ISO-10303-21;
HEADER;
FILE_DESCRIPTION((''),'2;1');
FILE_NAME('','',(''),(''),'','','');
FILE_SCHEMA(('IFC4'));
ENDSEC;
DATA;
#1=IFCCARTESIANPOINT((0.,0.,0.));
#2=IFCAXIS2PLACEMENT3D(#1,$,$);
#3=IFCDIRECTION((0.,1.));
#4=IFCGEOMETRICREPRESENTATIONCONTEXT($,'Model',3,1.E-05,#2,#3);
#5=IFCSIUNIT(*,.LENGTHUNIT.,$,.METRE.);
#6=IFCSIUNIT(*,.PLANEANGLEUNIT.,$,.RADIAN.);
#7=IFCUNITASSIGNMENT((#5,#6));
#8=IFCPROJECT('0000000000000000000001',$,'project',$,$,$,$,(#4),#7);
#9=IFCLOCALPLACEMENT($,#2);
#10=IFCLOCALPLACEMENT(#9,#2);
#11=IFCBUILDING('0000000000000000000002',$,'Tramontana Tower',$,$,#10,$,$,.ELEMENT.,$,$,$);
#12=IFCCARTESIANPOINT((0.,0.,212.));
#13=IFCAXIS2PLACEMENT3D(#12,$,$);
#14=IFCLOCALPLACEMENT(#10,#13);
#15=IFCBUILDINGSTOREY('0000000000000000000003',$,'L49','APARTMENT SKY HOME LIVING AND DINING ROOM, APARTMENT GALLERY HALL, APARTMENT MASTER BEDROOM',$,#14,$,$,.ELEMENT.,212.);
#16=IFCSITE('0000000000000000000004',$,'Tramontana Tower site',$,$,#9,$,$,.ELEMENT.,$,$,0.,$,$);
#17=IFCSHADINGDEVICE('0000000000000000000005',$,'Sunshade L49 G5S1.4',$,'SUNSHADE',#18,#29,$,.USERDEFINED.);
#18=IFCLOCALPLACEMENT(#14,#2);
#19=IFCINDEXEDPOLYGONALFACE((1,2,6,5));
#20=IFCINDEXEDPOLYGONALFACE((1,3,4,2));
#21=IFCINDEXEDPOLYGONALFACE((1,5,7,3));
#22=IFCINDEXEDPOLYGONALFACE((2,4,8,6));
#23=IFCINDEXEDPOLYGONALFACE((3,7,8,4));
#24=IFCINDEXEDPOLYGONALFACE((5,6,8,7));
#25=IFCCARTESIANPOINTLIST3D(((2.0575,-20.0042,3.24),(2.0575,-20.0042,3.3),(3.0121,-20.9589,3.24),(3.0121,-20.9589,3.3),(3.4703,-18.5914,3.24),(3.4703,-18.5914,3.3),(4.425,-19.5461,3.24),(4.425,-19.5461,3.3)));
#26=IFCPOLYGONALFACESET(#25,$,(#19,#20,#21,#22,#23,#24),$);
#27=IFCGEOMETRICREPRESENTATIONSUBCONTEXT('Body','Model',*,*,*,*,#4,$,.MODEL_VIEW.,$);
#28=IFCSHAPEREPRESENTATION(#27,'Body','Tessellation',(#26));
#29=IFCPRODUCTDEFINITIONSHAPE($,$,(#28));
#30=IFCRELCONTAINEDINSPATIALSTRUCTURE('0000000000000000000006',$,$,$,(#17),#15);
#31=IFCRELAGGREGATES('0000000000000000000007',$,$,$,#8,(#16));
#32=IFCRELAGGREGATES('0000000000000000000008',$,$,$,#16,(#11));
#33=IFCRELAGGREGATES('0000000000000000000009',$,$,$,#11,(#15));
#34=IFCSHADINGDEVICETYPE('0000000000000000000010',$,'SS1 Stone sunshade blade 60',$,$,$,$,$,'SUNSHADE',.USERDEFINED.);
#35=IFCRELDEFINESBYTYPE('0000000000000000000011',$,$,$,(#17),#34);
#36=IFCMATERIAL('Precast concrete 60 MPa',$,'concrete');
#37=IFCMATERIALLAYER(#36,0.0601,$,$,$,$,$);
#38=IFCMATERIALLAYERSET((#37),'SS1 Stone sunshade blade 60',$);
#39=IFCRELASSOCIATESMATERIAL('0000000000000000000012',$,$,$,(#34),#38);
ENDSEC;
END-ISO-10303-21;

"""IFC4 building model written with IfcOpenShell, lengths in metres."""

from ifc_helpers import new_model, si_unit, direction, frame, origin, origin_2d, place, context, subcontext, project, spatial, rectangle, extrude, material, layer, layer_set, type_object, element, save


model = new_model("IFC4")

# Units and contexts
model_context = context("Model", 3, precision=1e-05, world=origin(), true_north=direction((0.0, 1.0)))
body_context = subcontext(model_context, "Body", "Model", "MODEL_VIEW")
ifc_project = project(units=[si_unit("LENGTHUNIT", "METRE"), si_unit("PLANEANGLEUNIT", "RADIAN")], contexts=[model_context])

# Site, building, storey
site_placement = place(None, origin())
site = spatial("IfcSite", under=ifc_project, at=site_placement, Name="Tramontana Tower site", CompositionType="ELEMENT", RefElevation=0.0)
building_placement = place(site_placement, origin())
building = spatial("IfcBuilding", under=site, at=building_placement, Name="Tramontana Tower", CompositionType="ELEMENT")
storey_placement = place(building_placement, frame((0.0, 0.0, 212.0)))
storey = spatial("IfcBuildingStorey", under=building, at=storey_placement, Name="L49", Description="APARTMENT SKY HOME LIVING AND DINING ROOM, APARTMENT GALLERY HALL, APARTMENT MASTER BEDROOM", CompositionType="ELEMENT", Elevation=212.0)

# Shading device
ifc_material_1 = material(Name="Precast concrete 60 MPa", Category="concrete")
ifc_layer_1 = layer(ifc_material_1, 0.0601)
ifc_layer_set_1 = layer_set([ifc_layer_1], Name="SS1 Stone sunshade blade 60")
shading_device_type = type_object("IfcShadingDeviceType", Name="SS1 Stone sunshade blade 60", ElementType="SUNSHADE", PredefinedType="USERDEFINED", material=ifc_layer_set_1)
shading_device_placement = place(storey_placement, frame((3.2412, -19.7751, 3.24), z_axis=(0.0, 0.0, 1.0), x_axis=(0.707107, 0.707107, 0.0)))
element("IfcShadingDevice", 1, at=shading_device_placement, inside=storey, type_object=shading_device_type, Name="Sunshade L49 G5S1.4", ObjectType="SUNSHADE", PredefinedType="USERDEFINED", context=body_context, shape_type="SweptSolid", body=[
    extrude(rectangle(XDim=1.998, YDim=1.3501, at=origin_2d()), origin(), (0.0, 0.0, 1.0), 0.0601),
])

save(model, "model.ifc")
